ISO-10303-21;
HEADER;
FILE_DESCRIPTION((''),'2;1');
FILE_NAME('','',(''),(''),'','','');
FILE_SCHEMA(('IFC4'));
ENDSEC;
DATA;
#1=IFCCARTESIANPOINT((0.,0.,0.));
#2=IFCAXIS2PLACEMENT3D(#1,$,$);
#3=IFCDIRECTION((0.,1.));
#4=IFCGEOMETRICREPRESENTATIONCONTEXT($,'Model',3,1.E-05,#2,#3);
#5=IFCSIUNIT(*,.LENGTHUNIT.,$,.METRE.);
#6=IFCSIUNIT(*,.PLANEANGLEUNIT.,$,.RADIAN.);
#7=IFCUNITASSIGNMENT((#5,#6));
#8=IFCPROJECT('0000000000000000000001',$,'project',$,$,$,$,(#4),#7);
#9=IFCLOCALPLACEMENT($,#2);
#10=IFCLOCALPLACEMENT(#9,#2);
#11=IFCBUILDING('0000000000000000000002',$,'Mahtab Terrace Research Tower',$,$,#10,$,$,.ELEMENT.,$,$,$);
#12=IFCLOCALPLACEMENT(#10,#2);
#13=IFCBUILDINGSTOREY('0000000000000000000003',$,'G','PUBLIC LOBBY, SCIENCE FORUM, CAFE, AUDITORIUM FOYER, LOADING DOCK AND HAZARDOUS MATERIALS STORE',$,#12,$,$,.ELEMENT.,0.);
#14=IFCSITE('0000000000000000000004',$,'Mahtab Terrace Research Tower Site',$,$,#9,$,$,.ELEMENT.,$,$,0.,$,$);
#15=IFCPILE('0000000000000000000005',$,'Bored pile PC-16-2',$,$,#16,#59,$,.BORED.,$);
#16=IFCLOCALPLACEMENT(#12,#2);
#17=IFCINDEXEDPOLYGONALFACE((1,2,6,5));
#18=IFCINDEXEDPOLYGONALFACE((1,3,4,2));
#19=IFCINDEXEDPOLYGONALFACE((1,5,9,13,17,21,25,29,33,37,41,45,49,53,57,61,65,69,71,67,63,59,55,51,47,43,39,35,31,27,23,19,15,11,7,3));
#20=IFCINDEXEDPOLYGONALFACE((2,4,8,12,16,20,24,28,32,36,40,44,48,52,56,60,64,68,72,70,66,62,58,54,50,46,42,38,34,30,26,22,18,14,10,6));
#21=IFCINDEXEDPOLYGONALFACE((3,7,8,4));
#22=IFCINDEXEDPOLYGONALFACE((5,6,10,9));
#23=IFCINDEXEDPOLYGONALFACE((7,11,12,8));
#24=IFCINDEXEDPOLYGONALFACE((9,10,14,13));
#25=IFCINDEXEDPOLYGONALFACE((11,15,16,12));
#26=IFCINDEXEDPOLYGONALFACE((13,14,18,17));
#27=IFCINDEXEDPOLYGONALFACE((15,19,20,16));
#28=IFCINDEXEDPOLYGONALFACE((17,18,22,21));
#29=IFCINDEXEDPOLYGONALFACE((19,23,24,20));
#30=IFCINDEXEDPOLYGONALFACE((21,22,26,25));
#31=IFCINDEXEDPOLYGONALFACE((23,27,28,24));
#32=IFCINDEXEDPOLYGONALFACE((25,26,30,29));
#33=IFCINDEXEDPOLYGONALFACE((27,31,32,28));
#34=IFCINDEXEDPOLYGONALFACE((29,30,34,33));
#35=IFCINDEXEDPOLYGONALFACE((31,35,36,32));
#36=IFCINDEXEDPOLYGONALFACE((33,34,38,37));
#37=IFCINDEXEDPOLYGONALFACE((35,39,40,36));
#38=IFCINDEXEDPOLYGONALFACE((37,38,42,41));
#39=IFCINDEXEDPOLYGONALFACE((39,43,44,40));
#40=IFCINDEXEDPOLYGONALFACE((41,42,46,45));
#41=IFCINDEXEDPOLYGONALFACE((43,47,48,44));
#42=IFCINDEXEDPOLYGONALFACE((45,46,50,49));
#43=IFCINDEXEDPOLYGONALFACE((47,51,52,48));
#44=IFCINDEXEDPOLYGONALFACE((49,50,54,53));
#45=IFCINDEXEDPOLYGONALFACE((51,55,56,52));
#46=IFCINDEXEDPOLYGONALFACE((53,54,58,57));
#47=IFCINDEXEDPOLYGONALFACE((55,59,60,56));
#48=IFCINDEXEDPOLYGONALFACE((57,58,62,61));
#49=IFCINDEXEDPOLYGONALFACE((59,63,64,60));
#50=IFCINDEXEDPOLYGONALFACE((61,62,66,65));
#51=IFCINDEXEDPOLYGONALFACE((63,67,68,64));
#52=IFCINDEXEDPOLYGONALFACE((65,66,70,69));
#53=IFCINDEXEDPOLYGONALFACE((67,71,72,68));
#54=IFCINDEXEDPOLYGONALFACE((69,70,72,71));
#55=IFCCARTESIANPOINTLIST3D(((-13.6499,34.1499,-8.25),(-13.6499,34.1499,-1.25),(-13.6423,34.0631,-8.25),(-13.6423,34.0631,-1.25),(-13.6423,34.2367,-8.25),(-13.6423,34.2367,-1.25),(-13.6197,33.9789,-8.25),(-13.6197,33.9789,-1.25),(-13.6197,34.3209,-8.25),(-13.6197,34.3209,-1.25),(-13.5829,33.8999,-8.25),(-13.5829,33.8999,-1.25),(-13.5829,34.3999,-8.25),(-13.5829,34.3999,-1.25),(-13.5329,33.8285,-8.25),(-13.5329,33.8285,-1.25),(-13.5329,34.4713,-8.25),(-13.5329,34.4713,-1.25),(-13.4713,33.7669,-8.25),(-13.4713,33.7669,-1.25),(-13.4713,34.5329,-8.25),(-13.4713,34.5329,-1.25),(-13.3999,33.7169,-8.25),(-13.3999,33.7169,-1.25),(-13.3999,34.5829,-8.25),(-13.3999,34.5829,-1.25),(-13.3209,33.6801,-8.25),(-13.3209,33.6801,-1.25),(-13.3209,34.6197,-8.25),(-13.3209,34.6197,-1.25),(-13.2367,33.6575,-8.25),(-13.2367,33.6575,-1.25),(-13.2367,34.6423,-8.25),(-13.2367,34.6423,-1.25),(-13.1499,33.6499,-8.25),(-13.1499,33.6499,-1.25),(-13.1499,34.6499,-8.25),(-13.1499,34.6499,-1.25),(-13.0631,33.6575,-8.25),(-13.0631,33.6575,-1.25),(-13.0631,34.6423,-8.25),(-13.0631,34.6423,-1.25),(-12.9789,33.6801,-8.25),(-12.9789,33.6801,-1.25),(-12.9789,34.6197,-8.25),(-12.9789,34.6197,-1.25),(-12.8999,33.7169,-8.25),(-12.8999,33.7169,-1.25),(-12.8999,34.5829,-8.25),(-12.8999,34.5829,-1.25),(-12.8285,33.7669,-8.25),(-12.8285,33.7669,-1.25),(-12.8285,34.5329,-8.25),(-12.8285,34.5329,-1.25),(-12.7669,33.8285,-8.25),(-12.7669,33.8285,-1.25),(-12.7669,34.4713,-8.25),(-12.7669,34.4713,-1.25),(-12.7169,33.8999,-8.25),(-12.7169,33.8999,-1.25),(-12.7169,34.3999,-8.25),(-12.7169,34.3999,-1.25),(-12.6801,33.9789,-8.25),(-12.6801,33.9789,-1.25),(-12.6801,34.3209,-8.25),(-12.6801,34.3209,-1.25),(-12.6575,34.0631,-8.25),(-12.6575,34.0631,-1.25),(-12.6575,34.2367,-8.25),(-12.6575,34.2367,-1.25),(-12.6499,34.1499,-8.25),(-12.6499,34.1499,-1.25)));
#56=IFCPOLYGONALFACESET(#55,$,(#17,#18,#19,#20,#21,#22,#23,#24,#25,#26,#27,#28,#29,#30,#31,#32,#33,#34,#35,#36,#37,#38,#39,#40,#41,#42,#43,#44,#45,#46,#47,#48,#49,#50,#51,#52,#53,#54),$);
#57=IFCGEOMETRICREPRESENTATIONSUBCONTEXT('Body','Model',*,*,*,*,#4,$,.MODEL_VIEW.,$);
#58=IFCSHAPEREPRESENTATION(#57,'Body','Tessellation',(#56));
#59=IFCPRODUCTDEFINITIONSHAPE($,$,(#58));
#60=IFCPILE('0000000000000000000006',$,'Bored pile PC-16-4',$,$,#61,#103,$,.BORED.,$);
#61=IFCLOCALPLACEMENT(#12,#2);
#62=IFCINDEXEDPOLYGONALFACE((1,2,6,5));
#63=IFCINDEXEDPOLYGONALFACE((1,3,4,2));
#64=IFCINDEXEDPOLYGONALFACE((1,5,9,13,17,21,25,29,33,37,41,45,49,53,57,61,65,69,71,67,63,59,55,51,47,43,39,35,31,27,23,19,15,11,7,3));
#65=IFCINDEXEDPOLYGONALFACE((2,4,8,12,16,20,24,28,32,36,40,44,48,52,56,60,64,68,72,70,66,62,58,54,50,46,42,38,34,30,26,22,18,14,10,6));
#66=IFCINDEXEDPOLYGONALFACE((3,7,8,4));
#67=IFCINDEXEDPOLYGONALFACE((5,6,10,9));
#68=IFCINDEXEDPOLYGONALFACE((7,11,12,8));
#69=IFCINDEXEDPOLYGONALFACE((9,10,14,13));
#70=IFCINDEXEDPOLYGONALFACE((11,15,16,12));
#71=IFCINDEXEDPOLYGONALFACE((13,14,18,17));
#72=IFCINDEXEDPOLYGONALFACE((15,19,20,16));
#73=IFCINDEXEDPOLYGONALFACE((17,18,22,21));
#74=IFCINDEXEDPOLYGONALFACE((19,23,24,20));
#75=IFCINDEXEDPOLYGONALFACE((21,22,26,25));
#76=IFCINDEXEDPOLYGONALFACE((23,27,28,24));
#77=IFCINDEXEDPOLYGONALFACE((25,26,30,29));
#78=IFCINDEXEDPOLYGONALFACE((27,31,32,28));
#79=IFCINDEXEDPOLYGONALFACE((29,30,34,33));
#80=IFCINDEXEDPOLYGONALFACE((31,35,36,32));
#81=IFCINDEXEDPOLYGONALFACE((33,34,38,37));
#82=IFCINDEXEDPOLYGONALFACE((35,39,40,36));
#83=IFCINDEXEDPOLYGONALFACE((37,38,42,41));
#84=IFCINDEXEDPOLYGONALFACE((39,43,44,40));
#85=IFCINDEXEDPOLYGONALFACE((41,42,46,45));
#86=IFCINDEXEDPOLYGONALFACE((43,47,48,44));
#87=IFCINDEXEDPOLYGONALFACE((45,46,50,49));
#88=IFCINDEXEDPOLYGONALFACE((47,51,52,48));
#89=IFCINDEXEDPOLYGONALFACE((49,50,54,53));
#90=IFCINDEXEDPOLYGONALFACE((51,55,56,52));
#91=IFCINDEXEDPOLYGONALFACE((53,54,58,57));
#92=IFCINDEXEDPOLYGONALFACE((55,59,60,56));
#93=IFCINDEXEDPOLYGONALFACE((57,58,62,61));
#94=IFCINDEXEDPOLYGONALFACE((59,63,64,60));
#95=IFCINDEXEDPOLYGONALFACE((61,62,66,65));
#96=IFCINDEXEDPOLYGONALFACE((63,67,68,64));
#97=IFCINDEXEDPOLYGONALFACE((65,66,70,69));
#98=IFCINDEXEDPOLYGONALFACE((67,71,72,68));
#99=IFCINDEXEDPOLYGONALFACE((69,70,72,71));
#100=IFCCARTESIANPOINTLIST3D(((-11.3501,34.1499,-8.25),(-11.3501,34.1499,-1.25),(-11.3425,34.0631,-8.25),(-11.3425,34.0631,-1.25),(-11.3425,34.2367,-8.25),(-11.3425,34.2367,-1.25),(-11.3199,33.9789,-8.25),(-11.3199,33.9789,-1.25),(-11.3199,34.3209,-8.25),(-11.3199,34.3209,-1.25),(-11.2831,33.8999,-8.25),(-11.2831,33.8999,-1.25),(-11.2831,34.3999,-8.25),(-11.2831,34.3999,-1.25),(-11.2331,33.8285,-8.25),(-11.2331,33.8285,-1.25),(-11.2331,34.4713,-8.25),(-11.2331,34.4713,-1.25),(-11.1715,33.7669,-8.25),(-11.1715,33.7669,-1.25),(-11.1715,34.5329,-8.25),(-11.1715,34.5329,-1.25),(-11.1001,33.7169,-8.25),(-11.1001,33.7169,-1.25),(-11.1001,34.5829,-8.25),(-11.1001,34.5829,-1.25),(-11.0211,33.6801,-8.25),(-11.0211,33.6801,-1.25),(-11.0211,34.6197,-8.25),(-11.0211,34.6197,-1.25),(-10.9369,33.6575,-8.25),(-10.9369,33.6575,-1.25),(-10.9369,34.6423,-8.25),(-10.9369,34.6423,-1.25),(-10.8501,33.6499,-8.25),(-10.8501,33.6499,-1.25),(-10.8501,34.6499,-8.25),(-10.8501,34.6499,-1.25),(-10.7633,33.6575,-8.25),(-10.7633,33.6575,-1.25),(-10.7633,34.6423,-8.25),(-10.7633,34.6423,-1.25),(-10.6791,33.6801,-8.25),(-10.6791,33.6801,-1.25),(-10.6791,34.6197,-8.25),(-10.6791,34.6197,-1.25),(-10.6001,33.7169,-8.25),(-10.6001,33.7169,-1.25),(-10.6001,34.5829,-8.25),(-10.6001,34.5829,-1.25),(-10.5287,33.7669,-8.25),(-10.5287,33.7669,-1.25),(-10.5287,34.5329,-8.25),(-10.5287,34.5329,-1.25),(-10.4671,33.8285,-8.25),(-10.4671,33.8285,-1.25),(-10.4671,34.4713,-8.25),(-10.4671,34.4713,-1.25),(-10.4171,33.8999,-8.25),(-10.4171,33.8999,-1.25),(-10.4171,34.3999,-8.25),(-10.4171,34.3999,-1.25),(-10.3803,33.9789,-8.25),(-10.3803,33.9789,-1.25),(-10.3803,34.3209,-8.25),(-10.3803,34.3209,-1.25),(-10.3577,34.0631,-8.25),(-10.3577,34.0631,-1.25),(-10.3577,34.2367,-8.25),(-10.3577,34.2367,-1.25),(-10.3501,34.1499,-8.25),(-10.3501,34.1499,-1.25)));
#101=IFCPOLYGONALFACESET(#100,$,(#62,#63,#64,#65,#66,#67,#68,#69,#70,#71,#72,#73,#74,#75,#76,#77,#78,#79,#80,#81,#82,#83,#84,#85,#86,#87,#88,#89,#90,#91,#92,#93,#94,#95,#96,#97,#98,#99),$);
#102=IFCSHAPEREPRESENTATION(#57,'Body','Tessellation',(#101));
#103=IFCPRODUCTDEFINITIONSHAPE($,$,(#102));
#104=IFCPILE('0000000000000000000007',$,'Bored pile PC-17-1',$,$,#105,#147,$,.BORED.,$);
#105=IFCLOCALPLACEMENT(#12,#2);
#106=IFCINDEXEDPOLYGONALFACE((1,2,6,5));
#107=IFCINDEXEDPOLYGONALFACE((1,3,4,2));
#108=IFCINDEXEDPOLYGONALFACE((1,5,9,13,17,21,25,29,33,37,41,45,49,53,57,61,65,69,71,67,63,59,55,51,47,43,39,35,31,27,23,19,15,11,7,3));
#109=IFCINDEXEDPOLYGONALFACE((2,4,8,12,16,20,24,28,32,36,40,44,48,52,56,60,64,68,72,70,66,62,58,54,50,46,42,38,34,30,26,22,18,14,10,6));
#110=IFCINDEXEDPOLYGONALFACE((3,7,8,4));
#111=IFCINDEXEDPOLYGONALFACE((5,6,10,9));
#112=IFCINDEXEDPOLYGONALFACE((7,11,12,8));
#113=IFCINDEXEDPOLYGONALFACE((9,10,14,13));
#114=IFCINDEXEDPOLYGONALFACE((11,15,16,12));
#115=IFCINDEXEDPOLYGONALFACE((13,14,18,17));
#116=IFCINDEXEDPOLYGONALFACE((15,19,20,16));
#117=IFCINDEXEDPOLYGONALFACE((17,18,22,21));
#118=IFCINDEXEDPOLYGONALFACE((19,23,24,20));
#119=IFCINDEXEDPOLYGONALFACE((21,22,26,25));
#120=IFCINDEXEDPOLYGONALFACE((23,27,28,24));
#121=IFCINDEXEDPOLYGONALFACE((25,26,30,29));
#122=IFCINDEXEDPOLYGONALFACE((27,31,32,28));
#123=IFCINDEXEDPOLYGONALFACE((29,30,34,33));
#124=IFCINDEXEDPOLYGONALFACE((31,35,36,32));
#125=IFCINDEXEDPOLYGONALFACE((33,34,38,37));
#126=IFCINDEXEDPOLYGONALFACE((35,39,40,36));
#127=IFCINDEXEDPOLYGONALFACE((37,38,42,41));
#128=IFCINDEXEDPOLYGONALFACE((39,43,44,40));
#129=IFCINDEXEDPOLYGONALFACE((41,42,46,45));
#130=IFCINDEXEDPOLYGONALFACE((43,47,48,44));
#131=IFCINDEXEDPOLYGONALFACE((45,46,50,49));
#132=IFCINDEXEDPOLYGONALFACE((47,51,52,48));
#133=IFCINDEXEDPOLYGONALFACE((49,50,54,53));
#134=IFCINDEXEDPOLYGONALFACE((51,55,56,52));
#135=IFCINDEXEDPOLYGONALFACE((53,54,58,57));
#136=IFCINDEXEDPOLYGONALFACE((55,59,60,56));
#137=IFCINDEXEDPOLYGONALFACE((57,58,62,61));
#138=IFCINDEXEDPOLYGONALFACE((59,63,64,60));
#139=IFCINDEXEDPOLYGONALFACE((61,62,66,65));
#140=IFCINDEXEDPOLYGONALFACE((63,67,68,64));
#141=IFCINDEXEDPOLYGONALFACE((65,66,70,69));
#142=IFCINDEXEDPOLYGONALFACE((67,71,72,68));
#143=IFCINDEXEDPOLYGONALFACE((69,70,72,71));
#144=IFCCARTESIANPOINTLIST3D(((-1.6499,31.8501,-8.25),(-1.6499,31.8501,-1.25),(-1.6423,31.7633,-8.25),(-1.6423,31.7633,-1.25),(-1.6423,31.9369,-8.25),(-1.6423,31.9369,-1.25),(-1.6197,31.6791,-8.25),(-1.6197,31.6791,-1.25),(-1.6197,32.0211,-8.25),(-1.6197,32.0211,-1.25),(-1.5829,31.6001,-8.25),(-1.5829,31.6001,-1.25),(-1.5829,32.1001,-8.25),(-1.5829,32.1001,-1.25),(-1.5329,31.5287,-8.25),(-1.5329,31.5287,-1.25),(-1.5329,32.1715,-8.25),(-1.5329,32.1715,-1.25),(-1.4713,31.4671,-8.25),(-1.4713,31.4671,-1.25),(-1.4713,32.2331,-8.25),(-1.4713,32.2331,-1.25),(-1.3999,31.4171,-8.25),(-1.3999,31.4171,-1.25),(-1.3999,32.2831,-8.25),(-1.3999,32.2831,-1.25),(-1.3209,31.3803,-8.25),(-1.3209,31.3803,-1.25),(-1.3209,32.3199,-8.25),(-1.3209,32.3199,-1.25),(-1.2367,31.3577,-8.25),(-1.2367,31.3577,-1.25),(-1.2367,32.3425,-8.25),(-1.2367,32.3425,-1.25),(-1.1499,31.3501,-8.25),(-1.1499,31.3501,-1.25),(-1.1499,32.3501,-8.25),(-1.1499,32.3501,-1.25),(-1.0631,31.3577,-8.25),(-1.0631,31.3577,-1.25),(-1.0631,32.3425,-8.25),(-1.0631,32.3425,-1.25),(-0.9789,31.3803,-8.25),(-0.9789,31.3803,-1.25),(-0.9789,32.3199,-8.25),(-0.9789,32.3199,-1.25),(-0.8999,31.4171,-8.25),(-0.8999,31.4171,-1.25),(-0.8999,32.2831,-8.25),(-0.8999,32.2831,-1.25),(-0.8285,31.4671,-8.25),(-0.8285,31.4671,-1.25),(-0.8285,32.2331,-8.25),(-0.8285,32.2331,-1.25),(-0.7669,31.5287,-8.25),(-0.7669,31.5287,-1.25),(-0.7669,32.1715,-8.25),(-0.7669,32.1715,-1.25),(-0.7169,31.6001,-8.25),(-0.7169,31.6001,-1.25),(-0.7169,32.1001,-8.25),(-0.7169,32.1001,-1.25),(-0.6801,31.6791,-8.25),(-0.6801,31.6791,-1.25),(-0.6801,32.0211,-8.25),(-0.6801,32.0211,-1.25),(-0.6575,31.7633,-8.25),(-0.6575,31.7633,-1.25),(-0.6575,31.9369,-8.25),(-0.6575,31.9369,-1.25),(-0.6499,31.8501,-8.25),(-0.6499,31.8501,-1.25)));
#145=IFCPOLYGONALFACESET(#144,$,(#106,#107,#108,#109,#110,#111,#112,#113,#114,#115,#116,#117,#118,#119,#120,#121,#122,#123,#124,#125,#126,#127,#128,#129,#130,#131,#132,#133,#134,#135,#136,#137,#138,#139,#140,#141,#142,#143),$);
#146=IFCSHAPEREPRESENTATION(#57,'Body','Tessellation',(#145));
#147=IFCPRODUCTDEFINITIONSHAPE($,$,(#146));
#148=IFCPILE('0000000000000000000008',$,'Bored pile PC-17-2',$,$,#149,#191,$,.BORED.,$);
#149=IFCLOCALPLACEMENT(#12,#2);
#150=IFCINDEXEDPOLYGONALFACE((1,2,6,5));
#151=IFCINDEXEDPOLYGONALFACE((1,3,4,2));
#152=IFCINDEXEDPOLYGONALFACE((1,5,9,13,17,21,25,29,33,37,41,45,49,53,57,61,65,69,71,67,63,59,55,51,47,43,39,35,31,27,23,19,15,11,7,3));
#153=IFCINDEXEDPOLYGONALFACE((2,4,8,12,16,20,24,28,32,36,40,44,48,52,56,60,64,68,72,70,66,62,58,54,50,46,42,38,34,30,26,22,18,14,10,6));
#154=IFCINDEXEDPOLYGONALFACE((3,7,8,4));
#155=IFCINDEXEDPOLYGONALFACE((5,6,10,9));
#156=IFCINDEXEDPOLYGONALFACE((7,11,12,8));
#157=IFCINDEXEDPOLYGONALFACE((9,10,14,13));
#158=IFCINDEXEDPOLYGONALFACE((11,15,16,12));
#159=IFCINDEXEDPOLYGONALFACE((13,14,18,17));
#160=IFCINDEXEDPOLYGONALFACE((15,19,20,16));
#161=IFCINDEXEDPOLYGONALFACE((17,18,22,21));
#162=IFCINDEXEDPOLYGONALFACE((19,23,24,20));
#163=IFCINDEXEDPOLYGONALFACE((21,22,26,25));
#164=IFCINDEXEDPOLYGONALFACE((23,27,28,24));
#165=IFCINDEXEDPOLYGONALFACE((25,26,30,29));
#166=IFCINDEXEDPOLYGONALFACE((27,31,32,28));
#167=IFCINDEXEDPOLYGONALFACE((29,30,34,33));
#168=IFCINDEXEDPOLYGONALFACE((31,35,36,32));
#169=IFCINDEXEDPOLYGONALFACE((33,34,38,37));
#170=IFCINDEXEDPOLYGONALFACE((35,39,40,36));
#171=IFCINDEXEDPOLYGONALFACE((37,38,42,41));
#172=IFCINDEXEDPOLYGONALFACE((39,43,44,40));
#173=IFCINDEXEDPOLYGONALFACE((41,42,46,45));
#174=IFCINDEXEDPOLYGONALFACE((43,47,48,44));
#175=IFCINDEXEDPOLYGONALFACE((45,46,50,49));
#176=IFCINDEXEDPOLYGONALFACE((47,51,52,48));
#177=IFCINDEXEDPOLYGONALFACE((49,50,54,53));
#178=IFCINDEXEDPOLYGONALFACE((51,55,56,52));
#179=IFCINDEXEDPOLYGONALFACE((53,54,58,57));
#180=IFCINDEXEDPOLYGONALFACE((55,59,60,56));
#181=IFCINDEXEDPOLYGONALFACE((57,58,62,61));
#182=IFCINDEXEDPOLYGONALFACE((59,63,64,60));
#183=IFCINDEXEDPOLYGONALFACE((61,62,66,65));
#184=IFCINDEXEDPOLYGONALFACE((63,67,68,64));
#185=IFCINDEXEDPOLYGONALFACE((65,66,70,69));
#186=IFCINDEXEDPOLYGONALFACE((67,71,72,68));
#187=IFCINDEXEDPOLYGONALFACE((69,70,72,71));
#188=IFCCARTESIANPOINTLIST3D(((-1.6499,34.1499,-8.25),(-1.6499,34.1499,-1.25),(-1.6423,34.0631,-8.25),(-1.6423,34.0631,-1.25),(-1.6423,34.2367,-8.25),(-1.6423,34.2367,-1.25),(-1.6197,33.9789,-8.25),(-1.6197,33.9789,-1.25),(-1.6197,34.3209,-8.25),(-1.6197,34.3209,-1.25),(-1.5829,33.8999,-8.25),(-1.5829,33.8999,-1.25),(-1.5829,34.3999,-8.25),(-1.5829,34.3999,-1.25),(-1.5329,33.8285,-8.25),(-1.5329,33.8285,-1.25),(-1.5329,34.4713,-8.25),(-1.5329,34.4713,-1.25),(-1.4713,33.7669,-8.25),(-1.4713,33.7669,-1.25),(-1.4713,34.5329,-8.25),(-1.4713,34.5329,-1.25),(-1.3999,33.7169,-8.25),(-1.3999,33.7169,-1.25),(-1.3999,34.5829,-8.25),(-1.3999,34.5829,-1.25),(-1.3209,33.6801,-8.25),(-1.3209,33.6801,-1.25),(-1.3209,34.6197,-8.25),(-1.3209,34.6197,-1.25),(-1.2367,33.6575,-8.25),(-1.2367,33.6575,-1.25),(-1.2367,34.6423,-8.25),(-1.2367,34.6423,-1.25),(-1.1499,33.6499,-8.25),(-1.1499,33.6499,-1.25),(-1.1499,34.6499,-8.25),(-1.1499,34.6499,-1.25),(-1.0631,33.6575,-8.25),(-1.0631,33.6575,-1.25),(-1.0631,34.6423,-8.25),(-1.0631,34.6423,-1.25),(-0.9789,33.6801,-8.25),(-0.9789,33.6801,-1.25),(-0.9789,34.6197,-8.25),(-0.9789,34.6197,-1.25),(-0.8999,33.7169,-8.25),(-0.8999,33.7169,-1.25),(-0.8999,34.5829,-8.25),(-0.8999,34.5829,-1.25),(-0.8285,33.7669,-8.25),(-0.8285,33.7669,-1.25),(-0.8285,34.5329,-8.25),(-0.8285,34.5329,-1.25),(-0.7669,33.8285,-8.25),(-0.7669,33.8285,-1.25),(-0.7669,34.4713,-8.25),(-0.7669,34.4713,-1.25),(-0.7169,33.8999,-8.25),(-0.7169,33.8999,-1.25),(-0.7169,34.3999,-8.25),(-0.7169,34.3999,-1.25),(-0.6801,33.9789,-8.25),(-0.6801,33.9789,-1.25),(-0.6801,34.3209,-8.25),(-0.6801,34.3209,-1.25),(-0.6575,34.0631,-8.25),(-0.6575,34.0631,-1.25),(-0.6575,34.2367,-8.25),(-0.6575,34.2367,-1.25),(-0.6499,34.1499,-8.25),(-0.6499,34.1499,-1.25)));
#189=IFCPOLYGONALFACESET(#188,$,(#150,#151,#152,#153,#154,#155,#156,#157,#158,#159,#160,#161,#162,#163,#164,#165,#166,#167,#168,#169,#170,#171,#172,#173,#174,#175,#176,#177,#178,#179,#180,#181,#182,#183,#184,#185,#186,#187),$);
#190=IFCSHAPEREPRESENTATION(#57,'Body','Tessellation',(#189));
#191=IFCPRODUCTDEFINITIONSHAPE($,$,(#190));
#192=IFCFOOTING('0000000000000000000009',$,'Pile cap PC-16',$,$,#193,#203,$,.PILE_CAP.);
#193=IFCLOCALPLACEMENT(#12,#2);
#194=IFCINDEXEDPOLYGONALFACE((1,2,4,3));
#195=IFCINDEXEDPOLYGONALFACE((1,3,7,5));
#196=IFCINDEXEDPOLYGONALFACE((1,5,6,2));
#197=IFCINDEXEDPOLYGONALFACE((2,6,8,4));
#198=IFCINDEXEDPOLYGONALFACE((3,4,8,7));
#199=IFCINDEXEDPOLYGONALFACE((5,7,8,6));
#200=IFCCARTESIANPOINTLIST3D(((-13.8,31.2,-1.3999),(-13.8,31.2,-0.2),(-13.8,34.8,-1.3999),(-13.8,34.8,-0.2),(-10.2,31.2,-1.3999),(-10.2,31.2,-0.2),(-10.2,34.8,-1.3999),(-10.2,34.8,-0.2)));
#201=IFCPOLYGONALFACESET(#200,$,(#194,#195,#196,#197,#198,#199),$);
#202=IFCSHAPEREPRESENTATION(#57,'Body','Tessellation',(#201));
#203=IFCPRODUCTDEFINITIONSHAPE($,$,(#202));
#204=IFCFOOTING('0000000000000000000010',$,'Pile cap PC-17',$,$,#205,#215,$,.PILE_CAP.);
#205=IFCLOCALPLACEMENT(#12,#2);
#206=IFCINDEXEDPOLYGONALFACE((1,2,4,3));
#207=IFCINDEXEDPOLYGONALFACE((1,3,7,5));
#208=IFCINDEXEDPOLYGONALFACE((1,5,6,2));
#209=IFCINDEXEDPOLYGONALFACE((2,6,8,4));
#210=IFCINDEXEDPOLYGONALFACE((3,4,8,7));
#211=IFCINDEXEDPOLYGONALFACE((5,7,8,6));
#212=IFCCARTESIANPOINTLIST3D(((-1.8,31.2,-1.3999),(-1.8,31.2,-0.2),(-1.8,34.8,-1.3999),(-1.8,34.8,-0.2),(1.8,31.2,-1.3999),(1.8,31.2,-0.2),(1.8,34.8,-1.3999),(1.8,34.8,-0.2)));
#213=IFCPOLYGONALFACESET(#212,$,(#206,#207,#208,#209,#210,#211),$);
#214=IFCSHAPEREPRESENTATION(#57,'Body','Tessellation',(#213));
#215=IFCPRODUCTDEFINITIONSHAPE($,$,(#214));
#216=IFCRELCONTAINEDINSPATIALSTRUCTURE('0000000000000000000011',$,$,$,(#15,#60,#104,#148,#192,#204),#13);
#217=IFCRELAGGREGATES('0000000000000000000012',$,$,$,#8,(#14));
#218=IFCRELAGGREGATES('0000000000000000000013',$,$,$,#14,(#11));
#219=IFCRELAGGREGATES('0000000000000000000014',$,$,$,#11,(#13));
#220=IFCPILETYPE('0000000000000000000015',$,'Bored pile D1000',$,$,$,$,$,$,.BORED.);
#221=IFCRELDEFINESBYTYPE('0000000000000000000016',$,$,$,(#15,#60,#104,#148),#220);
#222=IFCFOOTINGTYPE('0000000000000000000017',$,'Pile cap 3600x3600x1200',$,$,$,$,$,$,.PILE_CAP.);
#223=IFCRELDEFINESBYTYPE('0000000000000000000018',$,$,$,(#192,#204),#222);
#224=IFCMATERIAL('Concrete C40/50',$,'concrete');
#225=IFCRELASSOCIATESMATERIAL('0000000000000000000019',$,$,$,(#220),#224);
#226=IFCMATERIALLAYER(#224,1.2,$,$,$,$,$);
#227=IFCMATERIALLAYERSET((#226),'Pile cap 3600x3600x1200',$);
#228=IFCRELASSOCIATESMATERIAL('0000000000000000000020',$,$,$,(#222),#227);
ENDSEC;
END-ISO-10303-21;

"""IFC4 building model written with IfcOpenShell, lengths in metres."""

from ifc_helpers import new_model, si_unit, direction, frame, origin, origin_2d, place, context, subcontext, project, spatial, rectangle, circle, extrude, material, layer, layer_set, material_profile, profile_set, type_object, element, save


model = new_model("IFC4")

# Units and contexts
model_context = context("Model", 3, precision=1e-05, world=origin(), true_north=direction((0.0, 1.0)))
body_context = subcontext(model_context, "Body", "Model", "MODEL_VIEW")
ifc_project = project(units=[si_unit("LENGTHUNIT", "METRE"), si_unit("PLANEANGLEUNIT", "RADIAN")], contexts=[model_context])

# Site, building, storey
site_placement = place(None, origin())
site = spatial("IfcSite", under=ifc_project, at=site_placement, Name="Mahtab Terrace Research Tower Site", CompositionType="ELEMENT", RefElevation=0.0)
building_placement = place(site_placement, origin())
building = spatial("IfcBuilding", under=site, at=building_placement, Name="Mahtab Terrace Research Tower", CompositionType="ELEMENT")
storey_placement = place(building_placement, origin())
storey = spatial("IfcBuildingStorey", under=building, at=storey_placement, Name="G", Description="PUBLIC LOBBY, SCIENCE FORUM, CAFE, AUDITORIUM FOYER, LOADING DOCK AND HAZARDOUS MATERIALS STORE", CompositionType="ELEMENT", Elevation=0.0)

# Piles
ifc_material_1 = material(Name="Concrete C40/50", Category="concrete")
ifc_material_profile_1 = material_profile(ifc_material_1, circle(Radius=0.5, at=origin_2d()), Name="Bored pile D1000")
ifc_profile_set_1 = profile_set([ifc_material_profile_1], Name="Concrete C40/50")
pile_type = type_object("IfcPileType", Name="Bored pile D1000", PredefinedType="BORED", material=ifc_profile_set_1)
for number, where, z_axis, x_axis, name in (
    (1, (-13.1499, 34.1499, -1.25), (0.0, 0.0, -1.0), (1.0, 0.0, 0.0), "Bored pile PC-16-2"),
    (2, (-10.8501, 34.1499, -1.25), (0.0, 0.0, -1.0), (1.0, 0.0, 0.0), "Bored pile PC-16-4"),
    (3, (-1.1499, 31.8501, -1.25), (0.0, 0.0, -1.0), (1.0, 0.0, 0.0), "Bored pile PC-17-1"),
    (4, (-1.1499, 34.1499, -1.25), (0.0, 0.0, -1.0), (1.0, 0.0, 0.0), "Bored pile PC-17-2"),
):
    element("IfcPile", number, at=place(storey_placement, frame(where, z_axis=z_axis, x_axis=x_axis)), inside=storey, type_object=pile_type, Name=name, PredefinedType="BORED", context=body_context, shape_type="SweptSolid", body=[
        extrude(circle(Radius=0.5, at=origin_2d()), origin(), (0.0, 0.0, 1.0), 7.0),
    ])

# Footings
ifc_layer_1 = layer(ifc_material_1, 1.2)
ifc_layer_set_1 = layer_set([ifc_layer_1], Name="Pile cap 3600x3600x1200")
footing_type = type_object("IfcFootingType", Name="Pile cap 3600x3600x1200", PredefinedType="PILE_CAP", material=ifc_layer_set_1)
for number, where, z_axis, x_axis, name in (
    (5, (-12.0, 33.0, -1.3999), (0.0, 0.0, 1.0), (1.0, 0.0, 0.0), "Pile cap PC-16"),
    (6, (0.0, 33.0, -1.3999), (0.0, 0.0, 1.0), (1.0, 0.0, 0.0), "Pile cap PC-17"),
):
    element("IfcFooting", number, at=place(storey_placement, frame(where, z_axis=z_axis, x_axis=x_axis)), inside=storey, type_object=footing_type, Name=name, PredefinedType="PILE_CAP", context=body_context, shape_type="SweptSolid", body=[
        extrude(rectangle(XDim=3.6001, YDim=3.6001, at=origin_2d()), origin(), (0.0, 0.0, 1.0), 1.2),
    ])

save(model, "model.ifc")
